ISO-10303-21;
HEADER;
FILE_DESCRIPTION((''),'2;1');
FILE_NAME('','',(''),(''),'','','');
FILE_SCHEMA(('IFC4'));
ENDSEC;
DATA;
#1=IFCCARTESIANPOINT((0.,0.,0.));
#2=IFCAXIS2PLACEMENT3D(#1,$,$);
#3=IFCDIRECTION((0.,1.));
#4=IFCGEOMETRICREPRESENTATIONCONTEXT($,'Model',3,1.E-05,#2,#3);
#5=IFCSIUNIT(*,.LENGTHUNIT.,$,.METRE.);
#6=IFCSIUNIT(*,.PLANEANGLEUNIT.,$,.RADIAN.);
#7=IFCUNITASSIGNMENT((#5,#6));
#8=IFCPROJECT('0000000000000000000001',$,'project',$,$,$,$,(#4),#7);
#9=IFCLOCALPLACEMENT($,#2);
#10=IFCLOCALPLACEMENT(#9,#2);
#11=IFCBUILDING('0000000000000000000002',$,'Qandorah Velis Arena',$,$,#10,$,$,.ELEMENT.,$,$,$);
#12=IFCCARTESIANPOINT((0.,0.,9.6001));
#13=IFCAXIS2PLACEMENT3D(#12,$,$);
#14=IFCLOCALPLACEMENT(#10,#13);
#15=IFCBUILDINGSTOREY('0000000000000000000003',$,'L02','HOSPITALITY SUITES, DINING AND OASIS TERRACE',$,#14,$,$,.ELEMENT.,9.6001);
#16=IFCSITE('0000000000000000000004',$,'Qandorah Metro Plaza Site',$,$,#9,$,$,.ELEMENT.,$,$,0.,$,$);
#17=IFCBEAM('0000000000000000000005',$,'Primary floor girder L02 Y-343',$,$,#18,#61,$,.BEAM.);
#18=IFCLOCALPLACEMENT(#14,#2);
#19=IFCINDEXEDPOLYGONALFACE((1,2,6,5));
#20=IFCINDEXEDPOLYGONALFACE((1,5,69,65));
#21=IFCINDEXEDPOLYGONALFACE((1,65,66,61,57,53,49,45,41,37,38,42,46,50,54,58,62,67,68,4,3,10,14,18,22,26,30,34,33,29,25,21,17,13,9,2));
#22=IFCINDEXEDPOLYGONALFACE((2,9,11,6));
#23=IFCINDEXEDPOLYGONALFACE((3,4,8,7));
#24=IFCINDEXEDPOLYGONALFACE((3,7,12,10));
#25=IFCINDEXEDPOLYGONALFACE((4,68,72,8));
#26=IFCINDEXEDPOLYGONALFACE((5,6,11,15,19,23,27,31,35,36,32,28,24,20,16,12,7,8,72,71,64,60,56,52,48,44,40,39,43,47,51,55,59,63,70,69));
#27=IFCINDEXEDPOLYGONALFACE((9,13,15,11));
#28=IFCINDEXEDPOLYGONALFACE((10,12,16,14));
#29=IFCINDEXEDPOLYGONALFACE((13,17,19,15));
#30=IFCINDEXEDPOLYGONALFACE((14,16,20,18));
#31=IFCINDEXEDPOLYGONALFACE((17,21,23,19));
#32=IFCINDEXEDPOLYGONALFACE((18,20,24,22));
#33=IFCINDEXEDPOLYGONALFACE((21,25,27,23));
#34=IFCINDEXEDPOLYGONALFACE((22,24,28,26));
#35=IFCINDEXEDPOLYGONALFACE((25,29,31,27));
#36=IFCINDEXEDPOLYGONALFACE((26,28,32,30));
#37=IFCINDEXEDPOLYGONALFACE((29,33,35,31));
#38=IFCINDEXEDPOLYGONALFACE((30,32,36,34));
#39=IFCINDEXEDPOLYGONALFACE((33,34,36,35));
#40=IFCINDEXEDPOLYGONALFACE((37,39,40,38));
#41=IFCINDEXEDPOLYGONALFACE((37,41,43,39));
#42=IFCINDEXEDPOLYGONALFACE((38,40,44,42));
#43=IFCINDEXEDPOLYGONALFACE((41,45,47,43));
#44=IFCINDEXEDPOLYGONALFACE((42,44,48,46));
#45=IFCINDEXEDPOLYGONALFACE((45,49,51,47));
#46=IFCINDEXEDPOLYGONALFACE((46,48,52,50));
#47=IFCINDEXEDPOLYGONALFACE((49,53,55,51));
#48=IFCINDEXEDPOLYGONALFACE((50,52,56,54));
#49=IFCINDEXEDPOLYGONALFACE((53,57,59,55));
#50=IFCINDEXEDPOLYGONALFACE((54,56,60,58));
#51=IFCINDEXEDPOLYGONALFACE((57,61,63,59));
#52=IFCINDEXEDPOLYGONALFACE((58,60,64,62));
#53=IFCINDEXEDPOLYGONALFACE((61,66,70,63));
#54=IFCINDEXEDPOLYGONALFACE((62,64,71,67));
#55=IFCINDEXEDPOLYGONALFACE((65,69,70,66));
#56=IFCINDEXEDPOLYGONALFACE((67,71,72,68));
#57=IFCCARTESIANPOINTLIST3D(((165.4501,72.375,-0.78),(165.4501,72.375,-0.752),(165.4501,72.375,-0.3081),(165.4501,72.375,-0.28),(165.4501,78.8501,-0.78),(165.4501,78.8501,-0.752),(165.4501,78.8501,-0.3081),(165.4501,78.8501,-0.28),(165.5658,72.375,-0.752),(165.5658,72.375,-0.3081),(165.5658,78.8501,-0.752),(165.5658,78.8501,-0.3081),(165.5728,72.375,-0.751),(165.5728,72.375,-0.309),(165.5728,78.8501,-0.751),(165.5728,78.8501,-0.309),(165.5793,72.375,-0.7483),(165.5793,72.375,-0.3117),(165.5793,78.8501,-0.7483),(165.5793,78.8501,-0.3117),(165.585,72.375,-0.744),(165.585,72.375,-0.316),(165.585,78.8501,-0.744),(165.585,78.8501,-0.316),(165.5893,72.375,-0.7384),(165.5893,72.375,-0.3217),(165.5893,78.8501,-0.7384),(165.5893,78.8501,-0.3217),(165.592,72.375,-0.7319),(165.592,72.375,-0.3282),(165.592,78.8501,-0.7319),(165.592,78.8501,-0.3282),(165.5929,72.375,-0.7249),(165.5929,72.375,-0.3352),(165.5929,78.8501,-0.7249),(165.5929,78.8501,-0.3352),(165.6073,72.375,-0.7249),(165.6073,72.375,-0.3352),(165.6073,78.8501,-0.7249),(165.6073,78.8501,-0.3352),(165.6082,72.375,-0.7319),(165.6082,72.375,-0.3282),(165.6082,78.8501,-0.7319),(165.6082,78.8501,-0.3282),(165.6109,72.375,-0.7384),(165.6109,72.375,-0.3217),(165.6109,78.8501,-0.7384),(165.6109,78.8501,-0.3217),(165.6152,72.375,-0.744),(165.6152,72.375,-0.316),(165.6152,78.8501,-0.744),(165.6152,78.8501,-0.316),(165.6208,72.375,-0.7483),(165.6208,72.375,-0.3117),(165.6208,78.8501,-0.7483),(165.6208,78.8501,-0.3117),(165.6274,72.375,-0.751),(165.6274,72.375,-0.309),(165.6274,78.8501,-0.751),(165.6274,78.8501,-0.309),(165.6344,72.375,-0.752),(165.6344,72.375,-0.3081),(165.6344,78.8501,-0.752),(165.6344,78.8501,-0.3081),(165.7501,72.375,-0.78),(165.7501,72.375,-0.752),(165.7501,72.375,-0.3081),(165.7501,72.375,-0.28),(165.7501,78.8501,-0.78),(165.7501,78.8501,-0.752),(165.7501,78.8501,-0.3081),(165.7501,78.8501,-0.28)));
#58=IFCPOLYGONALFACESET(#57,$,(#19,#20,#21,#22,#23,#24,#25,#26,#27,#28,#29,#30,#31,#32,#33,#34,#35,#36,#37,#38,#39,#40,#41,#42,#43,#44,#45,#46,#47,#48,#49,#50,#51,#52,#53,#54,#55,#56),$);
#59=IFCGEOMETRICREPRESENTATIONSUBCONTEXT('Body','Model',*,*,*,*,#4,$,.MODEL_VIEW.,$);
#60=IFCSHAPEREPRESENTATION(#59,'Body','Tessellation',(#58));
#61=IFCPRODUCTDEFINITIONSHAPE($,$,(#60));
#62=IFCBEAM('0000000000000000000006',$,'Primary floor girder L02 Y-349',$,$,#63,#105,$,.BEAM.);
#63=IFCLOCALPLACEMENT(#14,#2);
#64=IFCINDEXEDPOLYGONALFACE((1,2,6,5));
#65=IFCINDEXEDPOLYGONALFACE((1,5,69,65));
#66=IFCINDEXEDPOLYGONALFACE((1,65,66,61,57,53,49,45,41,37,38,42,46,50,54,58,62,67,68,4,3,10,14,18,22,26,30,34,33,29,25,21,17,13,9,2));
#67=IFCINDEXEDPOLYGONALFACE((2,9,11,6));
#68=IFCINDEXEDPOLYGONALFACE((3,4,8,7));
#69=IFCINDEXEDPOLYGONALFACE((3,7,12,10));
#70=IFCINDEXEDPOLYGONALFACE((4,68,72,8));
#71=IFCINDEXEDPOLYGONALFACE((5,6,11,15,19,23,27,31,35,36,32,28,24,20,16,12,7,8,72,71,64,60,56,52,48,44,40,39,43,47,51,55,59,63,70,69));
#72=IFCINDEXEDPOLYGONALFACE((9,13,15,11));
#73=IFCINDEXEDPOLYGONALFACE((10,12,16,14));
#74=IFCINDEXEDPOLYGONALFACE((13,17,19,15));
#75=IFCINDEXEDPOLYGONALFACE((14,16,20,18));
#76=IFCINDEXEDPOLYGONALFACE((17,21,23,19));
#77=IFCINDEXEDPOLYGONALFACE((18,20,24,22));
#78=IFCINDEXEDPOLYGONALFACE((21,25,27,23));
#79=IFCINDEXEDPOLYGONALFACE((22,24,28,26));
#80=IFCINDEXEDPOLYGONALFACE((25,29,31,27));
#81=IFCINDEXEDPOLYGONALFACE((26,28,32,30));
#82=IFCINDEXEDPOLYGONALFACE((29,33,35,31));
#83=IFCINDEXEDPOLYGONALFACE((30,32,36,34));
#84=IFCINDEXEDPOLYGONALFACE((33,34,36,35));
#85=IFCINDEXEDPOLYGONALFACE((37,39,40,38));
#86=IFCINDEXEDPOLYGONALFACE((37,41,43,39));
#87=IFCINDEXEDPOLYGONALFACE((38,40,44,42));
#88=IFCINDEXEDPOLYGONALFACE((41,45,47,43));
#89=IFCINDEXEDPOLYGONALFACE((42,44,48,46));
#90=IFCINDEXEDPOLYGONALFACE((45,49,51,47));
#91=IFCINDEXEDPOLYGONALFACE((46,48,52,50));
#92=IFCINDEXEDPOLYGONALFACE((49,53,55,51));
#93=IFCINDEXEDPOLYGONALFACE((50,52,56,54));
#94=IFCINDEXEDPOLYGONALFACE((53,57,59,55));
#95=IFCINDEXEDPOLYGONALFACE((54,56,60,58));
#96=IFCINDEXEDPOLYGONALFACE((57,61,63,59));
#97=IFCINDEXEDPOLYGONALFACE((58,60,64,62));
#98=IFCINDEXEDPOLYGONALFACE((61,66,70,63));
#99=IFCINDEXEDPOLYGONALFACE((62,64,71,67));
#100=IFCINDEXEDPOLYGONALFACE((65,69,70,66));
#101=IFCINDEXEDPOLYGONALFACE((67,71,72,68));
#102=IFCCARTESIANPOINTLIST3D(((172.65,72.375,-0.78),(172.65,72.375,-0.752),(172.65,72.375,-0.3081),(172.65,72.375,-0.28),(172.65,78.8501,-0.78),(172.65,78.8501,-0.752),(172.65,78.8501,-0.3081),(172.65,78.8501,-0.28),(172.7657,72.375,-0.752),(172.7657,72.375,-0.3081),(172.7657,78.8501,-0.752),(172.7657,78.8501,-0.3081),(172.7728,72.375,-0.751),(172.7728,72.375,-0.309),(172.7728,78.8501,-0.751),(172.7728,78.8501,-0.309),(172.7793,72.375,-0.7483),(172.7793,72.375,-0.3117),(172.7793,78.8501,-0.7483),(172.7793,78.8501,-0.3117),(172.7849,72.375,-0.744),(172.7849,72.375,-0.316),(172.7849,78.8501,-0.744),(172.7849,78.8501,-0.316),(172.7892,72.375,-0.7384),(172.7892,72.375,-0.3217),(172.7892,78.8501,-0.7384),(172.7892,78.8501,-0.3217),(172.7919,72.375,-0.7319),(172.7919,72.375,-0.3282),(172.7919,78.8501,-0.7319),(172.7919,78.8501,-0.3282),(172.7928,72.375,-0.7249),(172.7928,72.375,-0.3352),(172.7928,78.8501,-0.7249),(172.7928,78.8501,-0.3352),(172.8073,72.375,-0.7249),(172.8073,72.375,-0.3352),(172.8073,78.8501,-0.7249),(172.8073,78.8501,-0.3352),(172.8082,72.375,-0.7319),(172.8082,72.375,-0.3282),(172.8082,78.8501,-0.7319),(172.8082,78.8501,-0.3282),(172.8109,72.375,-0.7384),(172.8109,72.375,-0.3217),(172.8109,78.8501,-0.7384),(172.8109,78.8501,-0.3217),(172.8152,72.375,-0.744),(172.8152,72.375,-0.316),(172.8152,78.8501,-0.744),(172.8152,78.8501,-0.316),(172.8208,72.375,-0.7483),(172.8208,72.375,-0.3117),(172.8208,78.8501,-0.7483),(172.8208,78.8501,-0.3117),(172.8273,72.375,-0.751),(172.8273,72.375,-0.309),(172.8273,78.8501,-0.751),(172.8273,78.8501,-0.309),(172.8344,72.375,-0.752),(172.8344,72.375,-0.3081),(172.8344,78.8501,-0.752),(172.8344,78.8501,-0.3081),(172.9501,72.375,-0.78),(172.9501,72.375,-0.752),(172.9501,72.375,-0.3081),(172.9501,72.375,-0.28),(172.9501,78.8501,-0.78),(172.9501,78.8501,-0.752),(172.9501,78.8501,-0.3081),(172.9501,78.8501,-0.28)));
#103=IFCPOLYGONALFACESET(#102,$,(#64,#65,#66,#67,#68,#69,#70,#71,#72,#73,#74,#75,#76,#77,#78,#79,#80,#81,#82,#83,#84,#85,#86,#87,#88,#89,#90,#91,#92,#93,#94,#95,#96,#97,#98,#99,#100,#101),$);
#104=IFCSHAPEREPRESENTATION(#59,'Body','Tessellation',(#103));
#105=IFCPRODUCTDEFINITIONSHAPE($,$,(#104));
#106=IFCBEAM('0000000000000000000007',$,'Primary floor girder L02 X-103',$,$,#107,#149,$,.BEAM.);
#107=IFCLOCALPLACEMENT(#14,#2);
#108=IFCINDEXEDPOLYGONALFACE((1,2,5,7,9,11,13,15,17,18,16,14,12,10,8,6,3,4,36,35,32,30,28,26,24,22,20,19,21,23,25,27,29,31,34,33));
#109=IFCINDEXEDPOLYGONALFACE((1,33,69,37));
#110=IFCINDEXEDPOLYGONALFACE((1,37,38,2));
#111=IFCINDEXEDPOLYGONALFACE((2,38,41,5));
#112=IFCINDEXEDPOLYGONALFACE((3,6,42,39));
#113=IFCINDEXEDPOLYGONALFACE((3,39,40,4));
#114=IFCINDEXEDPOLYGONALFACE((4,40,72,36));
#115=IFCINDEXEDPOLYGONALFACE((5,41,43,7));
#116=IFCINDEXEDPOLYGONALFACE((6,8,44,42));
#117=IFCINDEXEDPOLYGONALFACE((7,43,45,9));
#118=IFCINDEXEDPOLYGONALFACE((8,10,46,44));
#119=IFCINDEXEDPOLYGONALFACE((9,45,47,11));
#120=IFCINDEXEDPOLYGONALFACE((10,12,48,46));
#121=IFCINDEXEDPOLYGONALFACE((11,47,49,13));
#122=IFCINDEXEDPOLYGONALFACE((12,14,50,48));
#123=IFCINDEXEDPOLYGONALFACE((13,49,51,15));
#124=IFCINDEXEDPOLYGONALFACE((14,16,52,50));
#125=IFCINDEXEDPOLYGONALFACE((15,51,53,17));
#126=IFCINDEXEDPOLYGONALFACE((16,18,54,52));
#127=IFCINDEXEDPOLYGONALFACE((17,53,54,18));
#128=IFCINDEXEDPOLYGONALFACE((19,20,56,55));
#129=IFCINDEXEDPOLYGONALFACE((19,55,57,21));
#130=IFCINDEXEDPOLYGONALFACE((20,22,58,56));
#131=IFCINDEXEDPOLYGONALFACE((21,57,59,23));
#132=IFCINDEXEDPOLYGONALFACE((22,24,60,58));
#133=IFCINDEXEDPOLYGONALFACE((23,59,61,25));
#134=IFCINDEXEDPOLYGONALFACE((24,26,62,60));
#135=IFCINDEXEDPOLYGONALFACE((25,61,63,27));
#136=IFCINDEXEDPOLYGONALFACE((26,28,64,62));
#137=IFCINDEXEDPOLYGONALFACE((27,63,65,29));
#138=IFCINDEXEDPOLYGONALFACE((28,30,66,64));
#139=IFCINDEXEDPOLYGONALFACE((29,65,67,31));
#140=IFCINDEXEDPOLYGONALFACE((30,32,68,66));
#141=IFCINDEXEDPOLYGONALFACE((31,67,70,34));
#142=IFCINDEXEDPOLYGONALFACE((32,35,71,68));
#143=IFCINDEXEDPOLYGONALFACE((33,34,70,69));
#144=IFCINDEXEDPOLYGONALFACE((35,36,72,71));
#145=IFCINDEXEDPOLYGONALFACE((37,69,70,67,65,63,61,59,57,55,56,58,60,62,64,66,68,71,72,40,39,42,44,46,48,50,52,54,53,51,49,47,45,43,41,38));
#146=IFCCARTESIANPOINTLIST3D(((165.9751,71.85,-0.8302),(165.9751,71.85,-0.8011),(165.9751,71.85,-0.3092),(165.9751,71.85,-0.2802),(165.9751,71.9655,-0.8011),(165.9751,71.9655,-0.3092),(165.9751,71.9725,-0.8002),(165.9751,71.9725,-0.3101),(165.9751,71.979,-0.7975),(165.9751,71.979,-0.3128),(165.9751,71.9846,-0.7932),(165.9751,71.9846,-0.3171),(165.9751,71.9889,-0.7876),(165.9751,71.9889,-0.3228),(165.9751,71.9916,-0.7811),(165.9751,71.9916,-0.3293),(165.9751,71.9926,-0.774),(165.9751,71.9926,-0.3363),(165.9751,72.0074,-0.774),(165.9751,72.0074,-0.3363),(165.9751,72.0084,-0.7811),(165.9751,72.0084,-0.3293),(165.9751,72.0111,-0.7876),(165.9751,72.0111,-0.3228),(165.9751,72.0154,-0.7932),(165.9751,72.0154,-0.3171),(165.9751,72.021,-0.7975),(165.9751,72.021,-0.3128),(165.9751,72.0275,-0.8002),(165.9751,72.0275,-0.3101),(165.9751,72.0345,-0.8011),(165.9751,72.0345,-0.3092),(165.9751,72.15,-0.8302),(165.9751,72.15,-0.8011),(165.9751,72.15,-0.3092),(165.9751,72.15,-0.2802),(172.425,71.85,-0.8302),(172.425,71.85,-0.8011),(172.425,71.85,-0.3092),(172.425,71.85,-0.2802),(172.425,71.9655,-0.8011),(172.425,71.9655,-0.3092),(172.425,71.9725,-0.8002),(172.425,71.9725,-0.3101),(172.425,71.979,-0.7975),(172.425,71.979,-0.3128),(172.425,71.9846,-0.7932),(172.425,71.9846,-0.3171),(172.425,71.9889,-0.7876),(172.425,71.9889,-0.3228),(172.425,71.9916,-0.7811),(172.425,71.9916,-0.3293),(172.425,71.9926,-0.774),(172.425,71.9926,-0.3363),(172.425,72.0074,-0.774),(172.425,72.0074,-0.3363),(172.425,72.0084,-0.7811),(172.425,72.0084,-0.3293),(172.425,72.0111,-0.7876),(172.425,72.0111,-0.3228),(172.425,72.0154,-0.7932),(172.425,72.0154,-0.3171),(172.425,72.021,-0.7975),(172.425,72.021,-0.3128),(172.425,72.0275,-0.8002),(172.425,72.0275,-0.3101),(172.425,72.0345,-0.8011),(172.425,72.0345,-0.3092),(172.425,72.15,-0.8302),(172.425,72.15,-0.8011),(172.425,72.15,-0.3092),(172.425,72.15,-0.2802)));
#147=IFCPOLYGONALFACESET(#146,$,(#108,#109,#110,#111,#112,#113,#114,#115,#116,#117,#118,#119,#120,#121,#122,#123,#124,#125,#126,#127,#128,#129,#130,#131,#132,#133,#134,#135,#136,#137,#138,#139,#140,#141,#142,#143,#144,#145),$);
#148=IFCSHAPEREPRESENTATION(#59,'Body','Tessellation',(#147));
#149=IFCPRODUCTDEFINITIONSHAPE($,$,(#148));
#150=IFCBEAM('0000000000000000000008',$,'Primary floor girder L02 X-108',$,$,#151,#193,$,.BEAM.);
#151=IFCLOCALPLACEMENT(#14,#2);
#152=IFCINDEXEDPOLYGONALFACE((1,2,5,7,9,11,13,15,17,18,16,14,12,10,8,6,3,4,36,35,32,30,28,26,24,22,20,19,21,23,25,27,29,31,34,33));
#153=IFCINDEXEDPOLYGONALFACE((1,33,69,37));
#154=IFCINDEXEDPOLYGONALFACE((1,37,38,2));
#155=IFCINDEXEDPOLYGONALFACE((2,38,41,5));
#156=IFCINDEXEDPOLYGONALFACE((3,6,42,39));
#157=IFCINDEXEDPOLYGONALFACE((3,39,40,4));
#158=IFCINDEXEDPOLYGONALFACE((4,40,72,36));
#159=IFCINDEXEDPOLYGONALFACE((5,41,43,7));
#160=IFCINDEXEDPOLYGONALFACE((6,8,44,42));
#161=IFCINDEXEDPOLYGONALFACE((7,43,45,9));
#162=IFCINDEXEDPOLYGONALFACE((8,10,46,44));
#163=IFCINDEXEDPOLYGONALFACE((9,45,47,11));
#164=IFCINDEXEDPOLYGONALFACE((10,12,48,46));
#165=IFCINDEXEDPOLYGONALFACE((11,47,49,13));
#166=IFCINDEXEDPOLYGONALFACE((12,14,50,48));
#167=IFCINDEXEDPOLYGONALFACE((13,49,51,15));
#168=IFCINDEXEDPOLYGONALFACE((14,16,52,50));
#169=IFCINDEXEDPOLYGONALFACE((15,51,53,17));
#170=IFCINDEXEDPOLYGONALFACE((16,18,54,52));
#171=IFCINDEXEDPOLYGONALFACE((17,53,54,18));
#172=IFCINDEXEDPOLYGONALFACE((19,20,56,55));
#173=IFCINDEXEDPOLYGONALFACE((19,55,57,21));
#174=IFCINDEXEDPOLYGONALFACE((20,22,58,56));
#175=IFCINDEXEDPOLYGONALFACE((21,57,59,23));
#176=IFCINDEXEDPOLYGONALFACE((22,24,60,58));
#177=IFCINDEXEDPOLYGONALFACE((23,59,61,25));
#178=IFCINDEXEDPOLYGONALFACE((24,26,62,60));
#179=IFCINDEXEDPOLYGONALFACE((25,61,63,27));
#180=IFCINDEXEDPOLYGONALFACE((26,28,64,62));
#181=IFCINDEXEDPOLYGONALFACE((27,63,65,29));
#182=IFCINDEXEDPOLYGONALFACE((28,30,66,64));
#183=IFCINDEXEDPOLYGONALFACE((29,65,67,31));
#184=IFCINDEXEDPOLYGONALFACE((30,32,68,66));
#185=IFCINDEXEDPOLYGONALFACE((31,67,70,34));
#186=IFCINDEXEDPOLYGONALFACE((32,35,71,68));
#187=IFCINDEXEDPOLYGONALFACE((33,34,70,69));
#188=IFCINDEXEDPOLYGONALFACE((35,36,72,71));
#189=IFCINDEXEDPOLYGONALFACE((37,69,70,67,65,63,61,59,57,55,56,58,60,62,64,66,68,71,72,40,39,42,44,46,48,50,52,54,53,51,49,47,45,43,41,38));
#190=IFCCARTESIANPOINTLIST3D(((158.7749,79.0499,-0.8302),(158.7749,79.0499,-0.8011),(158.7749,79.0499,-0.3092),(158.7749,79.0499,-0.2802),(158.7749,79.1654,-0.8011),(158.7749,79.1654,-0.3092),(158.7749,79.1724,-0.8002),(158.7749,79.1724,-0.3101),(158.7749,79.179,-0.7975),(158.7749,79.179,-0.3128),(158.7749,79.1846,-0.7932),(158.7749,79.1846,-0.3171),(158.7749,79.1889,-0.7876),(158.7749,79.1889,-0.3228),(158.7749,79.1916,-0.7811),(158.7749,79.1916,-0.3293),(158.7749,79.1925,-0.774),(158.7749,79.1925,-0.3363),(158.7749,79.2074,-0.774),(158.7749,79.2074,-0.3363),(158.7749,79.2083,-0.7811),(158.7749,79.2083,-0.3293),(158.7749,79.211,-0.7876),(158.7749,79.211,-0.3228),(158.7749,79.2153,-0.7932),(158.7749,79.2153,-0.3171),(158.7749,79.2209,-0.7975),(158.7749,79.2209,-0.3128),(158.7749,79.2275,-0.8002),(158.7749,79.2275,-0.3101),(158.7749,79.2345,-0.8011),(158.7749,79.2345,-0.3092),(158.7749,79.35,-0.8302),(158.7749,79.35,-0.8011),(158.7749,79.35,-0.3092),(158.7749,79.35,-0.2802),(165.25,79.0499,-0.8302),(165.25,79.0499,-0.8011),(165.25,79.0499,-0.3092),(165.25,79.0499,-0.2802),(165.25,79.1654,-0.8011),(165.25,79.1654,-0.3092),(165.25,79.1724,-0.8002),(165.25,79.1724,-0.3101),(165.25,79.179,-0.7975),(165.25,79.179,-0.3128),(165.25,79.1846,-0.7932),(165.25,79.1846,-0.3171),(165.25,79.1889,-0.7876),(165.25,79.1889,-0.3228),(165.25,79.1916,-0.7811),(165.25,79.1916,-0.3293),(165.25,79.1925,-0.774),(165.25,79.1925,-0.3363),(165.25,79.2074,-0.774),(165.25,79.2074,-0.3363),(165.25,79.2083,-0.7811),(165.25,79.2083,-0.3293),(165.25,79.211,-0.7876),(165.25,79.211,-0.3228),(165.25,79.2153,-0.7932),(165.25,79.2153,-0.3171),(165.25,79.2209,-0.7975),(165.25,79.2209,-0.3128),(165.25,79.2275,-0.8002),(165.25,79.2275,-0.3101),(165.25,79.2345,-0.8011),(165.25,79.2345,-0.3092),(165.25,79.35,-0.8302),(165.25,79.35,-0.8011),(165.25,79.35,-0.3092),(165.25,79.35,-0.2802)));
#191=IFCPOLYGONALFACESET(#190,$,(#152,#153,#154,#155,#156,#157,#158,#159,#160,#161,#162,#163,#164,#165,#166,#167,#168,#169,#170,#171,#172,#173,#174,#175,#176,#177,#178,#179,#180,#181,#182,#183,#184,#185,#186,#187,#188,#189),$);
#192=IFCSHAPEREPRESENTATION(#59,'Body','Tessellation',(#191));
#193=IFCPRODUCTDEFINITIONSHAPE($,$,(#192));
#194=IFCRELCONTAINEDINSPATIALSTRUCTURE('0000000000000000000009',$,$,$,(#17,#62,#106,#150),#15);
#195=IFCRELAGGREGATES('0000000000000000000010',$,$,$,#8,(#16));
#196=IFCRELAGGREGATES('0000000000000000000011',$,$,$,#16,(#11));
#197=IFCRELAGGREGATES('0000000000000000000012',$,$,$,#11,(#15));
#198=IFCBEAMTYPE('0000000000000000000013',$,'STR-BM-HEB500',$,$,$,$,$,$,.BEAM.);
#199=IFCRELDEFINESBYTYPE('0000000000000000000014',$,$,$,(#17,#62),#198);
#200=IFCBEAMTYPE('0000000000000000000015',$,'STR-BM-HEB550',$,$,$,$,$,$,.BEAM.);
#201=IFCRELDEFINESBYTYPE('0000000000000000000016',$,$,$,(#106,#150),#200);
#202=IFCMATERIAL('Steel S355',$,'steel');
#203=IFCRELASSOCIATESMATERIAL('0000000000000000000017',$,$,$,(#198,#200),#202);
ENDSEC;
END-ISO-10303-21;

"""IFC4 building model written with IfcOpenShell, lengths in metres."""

from ifc_helpers import new_model, si_unit, direction, frame, origin, origin_2d, place, context, subcontext, project, spatial, i_section, extrude, material, material_profile, profile_set, type_object, element, save


model = new_model("IFC4")

# Units and contexts
model_context = context("Model", 3, precision=1e-05, world=origin(), true_north=direction((0.0, 1.0)))
body_context = subcontext(model_context, "Body", "Model", "MODEL_VIEW")
ifc_project = project(units=[si_unit("LENGTHUNIT", "METRE"), si_unit("PLANEANGLEUNIT", "RADIAN")], contexts=[model_context])

# Site, building, storey
site_placement = place(None, origin())
site = spatial("IfcSite", under=ifc_project, at=site_placement, Name="Qandorah Metro Plaza Site", CompositionType="ELEMENT", RefElevation=0.0)
building_placement = place(site_placement, origin())
building = spatial("IfcBuilding", under=site, at=building_placement, Name="Qandorah Velis Arena", CompositionType="ELEMENT")
storey_placement = place(building_placement, frame((0.0, 0.0, 9.6001)))
storey = spatial("IfcBuildingStorey", under=building, at=storey_placement, Name="L02", Description="HOSPITALITY SUITES, DINING AND OASIS TERRACE", CompositionType="ELEMENT", Elevation=9.6001)

# Shared definitions
ifc_material_1 = material(Name="Steel S355", Category="steel")

# Beams
ifc_material_profile_1 = material_profile(ifc_material_1, i_section(OverallWidth=0.3, OverallDepth=0.5, WebThickness=0.0144, FlangeThickness=0.0281, FilletRadius=0.0271, at=origin_2d()), Name="HEB 500")
ifc_profile_set_1 = profile_set([ifc_material_profile_1], Name="Steel S355")
beam_type_1 = type_object("IfcBeamType", Name="STR-BM-HEB500", PredefinedType="BEAM", material=ifc_profile_set_1)
for number, where, z_axis, x_axis, name in (
    (1, (165.6001, 72.375, -0.53), (0.0, 1.0, 0.0), (-1.0, 0.0, 0.0), "Primary floor girder L02 Y-343"),
    (2, (172.8, 72.375, -0.53), (0.0, 1.0, 0.0), (-1.0, 0.0, 0.0), "Primary floor girder L02 Y-349"),
):
    element("IfcBeam", number, at=place(storey_placement, frame(where, z_axis=z_axis, x_axis=x_axis)), inside=storey, type_object=beam_type_1, Name=name, PredefinedType="BEAM", context=body_context, shape_type="SweptSolid", body=[
        extrude(i_section(OverallWidth=0.3, OverallDepth=0.5, WebThickness=0.0144, FlangeThickness=0.0281, FilletRadius=0.0271, at=origin_2d()), origin(), (0.0, 0.0, 1.0), 6.4751),
    ])
ifc_material_profile_2 = material_profile(ifc_material_1, i_section(OverallWidth=0.3, OverallDepth=0.55, WebThickness=0.0149, FlangeThickness=0.0291, FilletRadius=0.0271, at=origin_2d()), Name="HEB 550")
ifc_profile_set_2 = profile_set([ifc_material_profile_2], Name="Steel S355")
beam_type_2 = type_object("IfcBeamType", Name="STR-BM-HEB550", PredefinedType="BEAM", material=ifc_profile_set_2)
beam_1_placement = place(storey_placement, frame((165.9751, 72.0, -0.5552), z_axis=(1.0, 0.0, 0.0), x_axis=(0.0, 1.0, 0.0)))
element("IfcBeam", 3, at=beam_1_placement, inside=storey, type_object=beam_type_2, Name="Primary floor girder L02 X-103", PredefinedType="BEAM", context=body_context, shape_type="SweptSolid", body=[
    extrude(i_section(OverallWidth=0.3, OverallDepth=0.55, WebThickness=0.0149, FlangeThickness=0.0291, FilletRadius=0.0271, at=origin_2d()), origin(), (0.0, 0.0, 1.0), 6.45),
])
beam_2_placement = place(storey_placement, frame((158.7749, 79.2, -0.5552), z_axis=(1.0, 0.0, 0.0), x_axis=(0.0, 1.0, 0.0)))
element("IfcBeam", 4, at=beam_2_placement, inside=storey, type_object=beam_type_2, Name="Primary floor girder L02 X-108", PredefinedType="BEAM", context=body_context, shape_type="SweptSolid", body=[
    extrude(i_section(OverallWidth=0.3, OverallDepth=0.55, WebThickness=0.0149, FlangeThickness=0.0291, FilletRadius=0.0271, at=origin_2d()), origin(), (0.0, 0.0, 1.0), 6.4751),
])

save(model, "model.ifc")
